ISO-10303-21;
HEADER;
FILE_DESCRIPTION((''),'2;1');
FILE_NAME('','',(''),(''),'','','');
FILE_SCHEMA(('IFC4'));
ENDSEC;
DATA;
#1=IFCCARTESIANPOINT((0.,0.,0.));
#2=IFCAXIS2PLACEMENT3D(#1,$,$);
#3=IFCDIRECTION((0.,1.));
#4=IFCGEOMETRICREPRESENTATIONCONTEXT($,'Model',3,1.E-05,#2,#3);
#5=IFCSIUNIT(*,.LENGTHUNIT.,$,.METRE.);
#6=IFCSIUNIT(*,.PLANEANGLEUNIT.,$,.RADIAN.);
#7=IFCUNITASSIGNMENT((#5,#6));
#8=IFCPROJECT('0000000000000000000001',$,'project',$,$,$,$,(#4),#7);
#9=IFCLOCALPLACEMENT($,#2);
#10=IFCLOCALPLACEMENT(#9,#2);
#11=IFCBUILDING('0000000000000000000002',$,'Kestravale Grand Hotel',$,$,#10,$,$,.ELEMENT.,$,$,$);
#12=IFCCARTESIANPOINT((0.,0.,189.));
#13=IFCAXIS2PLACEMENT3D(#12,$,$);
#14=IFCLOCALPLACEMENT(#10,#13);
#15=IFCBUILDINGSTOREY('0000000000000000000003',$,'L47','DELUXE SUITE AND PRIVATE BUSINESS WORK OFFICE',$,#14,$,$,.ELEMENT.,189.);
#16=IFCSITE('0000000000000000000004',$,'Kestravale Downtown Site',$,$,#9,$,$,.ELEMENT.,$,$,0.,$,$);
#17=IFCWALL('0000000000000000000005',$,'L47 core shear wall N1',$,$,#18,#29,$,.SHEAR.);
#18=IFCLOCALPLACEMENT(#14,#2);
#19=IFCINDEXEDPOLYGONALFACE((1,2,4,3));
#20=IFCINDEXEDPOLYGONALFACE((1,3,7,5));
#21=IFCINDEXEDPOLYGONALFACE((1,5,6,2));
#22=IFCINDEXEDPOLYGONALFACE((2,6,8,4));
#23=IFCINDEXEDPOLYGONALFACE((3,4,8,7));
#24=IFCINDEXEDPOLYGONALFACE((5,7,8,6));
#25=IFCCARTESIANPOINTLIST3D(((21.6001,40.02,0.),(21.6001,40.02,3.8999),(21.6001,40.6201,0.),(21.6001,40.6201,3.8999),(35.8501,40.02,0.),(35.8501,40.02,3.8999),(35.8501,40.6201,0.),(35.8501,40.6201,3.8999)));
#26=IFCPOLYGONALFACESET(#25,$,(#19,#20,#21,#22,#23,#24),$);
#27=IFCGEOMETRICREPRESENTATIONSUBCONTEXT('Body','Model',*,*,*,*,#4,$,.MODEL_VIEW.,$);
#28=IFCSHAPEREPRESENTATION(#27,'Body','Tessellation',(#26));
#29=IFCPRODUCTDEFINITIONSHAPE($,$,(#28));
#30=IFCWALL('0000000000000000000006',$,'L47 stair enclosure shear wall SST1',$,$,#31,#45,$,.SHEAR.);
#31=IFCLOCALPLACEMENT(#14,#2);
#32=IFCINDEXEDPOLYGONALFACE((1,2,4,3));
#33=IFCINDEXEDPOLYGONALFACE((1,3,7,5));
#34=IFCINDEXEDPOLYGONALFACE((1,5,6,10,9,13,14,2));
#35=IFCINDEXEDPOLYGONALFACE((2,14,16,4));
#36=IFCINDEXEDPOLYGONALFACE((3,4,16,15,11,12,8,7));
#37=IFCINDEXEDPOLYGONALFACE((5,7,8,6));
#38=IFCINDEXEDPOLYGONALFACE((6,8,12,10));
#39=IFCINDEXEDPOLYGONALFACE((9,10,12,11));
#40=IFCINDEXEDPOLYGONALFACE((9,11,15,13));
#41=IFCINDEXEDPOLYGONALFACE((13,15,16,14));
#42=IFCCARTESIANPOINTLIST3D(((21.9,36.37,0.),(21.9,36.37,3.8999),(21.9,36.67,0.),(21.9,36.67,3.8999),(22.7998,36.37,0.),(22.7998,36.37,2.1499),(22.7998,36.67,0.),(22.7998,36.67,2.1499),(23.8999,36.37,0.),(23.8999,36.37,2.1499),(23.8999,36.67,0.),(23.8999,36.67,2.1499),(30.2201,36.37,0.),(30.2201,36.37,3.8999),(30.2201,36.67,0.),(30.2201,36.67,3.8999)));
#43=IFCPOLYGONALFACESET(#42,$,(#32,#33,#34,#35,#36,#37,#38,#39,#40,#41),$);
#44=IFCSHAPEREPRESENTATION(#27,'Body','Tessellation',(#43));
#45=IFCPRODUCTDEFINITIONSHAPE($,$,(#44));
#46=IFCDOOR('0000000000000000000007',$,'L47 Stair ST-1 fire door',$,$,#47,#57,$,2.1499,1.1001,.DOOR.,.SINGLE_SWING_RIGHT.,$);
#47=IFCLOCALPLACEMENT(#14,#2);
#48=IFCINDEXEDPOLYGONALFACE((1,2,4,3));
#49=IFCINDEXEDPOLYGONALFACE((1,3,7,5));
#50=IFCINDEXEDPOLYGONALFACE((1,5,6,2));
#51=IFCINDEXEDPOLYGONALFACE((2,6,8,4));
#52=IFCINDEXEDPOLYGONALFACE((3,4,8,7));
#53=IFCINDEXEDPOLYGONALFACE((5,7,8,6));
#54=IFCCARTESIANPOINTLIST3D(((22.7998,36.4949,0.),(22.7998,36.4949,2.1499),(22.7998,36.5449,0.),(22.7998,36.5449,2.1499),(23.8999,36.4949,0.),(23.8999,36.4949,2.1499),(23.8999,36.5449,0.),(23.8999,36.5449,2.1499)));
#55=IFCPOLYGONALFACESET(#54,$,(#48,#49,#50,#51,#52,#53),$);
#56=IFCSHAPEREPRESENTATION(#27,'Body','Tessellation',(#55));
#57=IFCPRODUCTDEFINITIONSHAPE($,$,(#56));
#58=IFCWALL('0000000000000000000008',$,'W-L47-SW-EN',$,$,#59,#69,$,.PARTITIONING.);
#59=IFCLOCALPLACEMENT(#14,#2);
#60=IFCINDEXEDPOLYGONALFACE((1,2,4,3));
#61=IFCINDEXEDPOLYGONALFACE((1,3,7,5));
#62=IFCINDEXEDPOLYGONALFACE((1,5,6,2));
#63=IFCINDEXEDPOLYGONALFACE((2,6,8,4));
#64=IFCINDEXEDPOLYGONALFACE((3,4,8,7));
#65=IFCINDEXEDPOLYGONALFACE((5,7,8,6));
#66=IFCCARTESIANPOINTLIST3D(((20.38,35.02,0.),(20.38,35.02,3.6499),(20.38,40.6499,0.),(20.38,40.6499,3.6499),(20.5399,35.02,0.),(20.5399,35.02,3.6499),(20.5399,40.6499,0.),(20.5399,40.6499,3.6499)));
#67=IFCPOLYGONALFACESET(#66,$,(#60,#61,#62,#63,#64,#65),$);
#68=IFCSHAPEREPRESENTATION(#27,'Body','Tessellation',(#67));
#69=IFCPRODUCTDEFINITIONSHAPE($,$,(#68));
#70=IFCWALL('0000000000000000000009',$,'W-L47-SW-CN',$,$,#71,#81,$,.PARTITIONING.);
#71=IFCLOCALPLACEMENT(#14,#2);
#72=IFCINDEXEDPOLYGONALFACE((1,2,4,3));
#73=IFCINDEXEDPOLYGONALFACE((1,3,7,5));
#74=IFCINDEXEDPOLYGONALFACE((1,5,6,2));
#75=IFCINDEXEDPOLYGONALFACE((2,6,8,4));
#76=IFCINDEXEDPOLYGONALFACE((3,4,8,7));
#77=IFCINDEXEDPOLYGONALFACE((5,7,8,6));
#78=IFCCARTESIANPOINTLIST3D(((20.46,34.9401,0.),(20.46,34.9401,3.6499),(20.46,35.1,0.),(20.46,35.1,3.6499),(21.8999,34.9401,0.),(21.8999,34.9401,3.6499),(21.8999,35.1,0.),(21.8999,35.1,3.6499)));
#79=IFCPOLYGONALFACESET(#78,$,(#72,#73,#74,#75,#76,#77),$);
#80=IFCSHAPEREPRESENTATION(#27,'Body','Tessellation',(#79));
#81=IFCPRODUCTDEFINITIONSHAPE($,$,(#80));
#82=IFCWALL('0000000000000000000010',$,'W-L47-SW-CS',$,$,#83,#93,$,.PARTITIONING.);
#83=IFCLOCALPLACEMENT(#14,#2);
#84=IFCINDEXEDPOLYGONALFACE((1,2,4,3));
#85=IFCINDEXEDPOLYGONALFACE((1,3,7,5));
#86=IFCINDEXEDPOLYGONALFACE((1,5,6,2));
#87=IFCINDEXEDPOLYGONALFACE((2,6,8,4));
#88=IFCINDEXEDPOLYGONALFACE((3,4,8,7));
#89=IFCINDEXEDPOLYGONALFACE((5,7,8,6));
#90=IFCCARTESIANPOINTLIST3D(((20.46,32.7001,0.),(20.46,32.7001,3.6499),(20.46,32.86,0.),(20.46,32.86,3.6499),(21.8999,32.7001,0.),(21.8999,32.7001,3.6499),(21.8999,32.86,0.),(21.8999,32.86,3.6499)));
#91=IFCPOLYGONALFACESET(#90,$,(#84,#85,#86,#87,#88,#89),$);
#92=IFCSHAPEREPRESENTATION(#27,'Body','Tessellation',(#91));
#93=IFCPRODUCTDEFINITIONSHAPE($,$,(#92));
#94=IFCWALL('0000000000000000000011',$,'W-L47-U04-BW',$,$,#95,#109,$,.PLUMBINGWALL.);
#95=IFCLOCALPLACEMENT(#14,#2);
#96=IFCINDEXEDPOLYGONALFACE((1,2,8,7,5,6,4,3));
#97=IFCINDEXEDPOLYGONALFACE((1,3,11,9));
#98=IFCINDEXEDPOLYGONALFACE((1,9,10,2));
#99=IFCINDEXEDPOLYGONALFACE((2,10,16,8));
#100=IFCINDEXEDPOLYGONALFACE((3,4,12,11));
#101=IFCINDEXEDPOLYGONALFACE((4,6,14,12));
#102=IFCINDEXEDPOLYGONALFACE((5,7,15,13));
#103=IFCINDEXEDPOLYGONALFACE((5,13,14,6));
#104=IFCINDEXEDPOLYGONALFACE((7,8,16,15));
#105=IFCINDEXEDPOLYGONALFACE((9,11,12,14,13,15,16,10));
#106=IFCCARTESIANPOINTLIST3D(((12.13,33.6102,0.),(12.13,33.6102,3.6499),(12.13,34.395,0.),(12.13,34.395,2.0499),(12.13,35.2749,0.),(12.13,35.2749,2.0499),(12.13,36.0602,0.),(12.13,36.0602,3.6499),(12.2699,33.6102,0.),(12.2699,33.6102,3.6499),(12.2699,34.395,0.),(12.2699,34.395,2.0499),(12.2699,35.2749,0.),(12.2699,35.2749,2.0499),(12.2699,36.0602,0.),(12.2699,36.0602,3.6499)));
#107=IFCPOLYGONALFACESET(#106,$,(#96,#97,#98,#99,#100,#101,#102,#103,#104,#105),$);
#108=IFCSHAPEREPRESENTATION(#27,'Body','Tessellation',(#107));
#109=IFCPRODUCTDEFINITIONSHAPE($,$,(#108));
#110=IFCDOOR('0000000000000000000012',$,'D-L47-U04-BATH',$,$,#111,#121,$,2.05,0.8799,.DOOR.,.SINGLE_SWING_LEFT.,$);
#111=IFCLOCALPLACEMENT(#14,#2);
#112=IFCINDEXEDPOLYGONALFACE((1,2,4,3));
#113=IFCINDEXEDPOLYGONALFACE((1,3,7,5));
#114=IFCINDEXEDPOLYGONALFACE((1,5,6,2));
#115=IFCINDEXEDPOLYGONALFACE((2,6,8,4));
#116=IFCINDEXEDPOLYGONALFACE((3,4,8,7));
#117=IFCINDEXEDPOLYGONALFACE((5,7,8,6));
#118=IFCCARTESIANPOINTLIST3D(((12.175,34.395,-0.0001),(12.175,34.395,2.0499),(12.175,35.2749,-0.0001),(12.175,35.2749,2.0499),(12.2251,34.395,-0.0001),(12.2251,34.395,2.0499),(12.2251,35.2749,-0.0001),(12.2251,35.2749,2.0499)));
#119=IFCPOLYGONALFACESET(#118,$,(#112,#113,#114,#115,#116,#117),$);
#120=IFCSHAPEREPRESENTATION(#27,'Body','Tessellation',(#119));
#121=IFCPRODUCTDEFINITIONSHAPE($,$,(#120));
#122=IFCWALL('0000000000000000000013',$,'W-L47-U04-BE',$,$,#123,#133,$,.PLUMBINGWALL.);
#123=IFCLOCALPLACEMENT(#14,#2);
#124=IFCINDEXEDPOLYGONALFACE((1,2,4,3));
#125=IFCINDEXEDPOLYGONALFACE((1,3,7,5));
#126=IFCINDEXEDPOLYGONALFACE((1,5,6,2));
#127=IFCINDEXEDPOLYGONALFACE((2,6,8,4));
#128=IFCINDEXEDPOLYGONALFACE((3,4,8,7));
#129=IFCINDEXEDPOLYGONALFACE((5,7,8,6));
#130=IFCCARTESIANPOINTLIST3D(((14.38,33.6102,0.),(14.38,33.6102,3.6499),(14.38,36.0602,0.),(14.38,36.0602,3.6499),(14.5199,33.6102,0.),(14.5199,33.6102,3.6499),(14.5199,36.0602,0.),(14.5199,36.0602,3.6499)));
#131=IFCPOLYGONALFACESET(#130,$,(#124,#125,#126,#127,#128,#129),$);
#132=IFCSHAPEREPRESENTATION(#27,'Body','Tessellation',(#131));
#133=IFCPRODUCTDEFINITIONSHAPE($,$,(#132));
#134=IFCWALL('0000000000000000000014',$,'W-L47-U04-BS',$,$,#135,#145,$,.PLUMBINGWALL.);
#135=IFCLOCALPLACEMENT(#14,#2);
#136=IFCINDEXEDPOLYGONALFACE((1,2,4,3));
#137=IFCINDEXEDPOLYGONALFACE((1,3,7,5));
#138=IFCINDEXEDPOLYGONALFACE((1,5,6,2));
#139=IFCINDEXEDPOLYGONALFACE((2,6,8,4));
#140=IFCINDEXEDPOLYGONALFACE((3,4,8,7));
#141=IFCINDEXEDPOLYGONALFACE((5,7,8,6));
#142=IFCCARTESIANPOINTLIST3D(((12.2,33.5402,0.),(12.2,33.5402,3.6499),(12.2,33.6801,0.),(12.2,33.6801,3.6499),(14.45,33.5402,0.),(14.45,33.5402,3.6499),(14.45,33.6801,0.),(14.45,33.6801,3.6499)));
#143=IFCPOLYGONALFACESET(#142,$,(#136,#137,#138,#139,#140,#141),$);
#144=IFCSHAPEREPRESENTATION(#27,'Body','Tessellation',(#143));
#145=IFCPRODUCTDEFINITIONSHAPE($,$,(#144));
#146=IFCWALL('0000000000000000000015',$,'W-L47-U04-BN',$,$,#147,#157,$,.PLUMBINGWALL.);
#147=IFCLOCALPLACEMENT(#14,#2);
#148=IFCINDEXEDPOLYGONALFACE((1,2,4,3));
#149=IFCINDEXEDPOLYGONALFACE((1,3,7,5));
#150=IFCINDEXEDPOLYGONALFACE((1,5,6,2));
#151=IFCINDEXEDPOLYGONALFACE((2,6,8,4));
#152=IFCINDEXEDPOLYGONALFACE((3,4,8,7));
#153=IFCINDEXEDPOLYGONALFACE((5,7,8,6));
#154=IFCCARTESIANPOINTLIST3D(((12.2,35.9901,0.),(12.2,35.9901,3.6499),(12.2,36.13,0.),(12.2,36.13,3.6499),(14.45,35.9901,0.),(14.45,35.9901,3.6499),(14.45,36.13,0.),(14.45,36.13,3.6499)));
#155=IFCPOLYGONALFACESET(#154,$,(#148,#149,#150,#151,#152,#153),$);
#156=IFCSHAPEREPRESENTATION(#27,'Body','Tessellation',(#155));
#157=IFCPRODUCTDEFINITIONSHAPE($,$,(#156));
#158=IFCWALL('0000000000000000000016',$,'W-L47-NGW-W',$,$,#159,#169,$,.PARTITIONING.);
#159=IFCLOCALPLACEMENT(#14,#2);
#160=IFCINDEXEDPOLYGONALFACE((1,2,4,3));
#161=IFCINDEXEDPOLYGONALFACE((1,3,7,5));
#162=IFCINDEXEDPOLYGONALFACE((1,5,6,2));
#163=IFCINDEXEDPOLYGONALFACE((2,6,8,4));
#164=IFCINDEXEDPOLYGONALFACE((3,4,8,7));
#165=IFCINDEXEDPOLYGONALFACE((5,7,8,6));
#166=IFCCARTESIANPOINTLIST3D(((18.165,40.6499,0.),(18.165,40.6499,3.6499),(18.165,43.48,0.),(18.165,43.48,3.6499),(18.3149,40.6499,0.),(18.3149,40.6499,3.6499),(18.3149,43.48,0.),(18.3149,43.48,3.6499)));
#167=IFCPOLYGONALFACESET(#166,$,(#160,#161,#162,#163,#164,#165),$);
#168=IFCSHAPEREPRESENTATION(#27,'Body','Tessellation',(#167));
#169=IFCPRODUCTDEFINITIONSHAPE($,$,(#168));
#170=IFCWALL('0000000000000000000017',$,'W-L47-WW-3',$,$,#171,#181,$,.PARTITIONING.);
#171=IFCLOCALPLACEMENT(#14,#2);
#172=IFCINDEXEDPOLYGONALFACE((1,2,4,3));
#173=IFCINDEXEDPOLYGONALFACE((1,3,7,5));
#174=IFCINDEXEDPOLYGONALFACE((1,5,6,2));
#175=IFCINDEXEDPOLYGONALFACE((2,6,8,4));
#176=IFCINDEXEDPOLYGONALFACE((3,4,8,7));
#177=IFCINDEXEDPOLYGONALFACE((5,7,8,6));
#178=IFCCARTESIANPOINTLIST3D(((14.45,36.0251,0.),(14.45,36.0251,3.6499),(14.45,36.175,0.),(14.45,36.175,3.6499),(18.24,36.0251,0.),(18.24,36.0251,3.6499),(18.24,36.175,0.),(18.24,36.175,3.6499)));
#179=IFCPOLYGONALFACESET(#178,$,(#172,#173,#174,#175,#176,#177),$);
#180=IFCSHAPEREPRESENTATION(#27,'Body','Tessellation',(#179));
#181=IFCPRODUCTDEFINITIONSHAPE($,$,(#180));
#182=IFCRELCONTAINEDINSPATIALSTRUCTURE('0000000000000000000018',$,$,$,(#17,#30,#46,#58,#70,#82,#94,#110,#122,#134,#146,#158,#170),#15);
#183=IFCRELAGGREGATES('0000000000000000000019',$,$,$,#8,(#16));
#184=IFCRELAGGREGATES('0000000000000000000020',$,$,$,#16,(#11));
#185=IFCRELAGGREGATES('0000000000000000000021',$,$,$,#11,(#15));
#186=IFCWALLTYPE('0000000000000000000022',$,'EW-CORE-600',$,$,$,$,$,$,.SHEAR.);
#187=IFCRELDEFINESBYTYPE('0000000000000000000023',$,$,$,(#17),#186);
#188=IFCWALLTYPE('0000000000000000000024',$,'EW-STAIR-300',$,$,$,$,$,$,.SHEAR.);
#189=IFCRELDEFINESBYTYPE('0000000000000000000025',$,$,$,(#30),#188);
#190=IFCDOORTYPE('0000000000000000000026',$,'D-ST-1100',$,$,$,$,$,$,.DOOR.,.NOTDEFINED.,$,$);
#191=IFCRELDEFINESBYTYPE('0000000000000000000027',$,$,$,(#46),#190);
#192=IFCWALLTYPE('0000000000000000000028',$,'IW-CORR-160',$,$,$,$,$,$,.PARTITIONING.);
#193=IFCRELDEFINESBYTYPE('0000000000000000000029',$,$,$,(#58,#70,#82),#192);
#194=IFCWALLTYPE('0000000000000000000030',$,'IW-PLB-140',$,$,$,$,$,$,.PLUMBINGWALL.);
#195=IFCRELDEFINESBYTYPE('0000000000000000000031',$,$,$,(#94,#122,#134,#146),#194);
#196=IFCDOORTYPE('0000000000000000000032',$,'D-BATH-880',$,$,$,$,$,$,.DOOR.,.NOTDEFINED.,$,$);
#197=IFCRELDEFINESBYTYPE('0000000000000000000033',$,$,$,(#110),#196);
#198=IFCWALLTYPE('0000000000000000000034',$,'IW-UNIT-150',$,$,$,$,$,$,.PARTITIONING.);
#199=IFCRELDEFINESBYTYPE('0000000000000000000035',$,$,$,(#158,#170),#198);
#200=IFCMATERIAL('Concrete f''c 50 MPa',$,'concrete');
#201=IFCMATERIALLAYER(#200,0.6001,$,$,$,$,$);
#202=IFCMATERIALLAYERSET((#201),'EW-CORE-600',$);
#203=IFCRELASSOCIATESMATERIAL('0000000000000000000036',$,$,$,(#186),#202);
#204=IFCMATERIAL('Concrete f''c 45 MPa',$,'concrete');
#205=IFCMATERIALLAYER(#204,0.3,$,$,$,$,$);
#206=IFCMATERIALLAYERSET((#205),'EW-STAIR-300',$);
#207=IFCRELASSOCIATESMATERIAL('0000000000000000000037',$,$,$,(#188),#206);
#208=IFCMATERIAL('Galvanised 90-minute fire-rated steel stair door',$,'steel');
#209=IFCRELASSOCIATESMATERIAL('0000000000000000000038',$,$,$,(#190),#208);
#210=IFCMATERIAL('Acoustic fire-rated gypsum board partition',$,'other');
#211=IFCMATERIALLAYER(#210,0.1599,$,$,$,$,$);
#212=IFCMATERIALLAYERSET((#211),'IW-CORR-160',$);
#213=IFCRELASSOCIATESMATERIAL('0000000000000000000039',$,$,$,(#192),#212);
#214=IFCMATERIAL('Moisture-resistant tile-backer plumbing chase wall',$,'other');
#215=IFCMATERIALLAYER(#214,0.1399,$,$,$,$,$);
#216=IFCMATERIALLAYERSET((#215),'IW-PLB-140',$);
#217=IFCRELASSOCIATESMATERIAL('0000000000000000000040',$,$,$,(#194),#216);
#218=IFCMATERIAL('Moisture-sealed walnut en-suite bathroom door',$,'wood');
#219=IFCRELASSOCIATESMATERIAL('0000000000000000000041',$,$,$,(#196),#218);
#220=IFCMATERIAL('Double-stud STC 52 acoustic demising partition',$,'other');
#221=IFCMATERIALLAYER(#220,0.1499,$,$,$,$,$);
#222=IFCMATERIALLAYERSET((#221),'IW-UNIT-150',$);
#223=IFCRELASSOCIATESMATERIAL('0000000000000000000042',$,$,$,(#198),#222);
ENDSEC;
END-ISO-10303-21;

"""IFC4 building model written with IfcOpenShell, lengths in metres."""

from ifc_helpers import new_model, si_unit, direction, frame, frame_2d, origin, place, context, subcontext, project, spatial, rectangle, extrude, material, layer, layer_set, type_object, element, fill, save


model = new_model("IFC4")

# Units and contexts
model_context = context("Model", 3, precision=1e-05, world=origin(), true_north=direction((0.0, 1.0)))
body_context = subcontext(model_context, "Body", "Model", "MODEL_VIEW")
ifc_project = project(units=[si_unit("LENGTHUNIT", "METRE"), si_unit("PLANEANGLEUNIT", "RADIAN")], contexts=[model_context])

# Site, building, storey
site_placement = place(None, origin())
site = spatial("IfcSite", under=ifc_project, at=site_placement, Name="Kestravale Downtown Site", CompositionType="ELEMENT", RefElevation=0.0)
building_placement = place(site_placement, origin())
building = spatial("IfcBuilding", under=site, at=building_placement, Name="Kestravale Grand Hotel", CompositionType="ELEMENT")
storey_placement = place(building_placement, frame((0.0, 0.0, 189.0)))
storey = spatial("IfcBuildingStorey", under=building, at=storey_placement, Name="L47", Description="DELUXE SUITE AND PRIVATE BUSINESS WORK OFFICE", CompositionType="ELEMENT", Elevation=189.0)

# Wall
ifc_material_1 = material(Name="Concrete f'c 50 MPa", Category="concrete")
ifc_layer_1 = layer(ifc_material_1, 0.6001)
ifc_layer_set_1 = layer_set([ifc_layer_1], Name="EW-CORE-600")
wall_type_1 = type_object("IfcWallType", Name="EW-CORE-600", PredefinedType="SHEAR", material=ifc_layer_set_1)
wall_1_placement = place(storey_placement, frame((21.6001, 40.3201, 0.0), z_axis=(0.0, 0.0, 1.0), x_axis=(1.0, 0.0, 0.0)))
element("IfcWall", 1, at=wall_1_placement, inside=storey, type_object=wall_type_1, Name="L47 core shear wall N1", PredefinedType="SHEAR", context=body_context, shape_type="SweptSolid", body=[
    extrude(rectangle(XDim=14.25, YDim=0.6001, at=frame_2d((7.125, 0.0))), origin(), (0.0, 0.0, 1.0), 3.8999),
])

# Wall, opening, door
ifc_material_2 = material(Name="Concrete f'c 45 MPa", Category="concrete")
ifc_layer_2 = layer(ifc_material_2, 0.3)
ifc_layer_set_2 = layer_set([ifc_layer_2], Name="EW-STAIR-300")
wall_type_2 = type_object("IfcWallType", Name="EW-STAIR-300", PredefinedType="SHEAR", material=ifc_layer_set_2)
wall_2_placement = place(storey_placement, frame((21.8999, 36.52, 0.0), z_axis=(0.0, 0.0, 1.0), x_axis=(1.0, 0.0, 0.0)))
wall_2 = element("IfcWall", 2, at=wall_2_placement, inside=storey, type_object=wall_type_2, Name="L47 stair enclosure shear wall SST1", PredefinedType="SHEAR", context=body_context, shape_type="SweptSolid", body=[
    extrude(rectangle(XDim=8.3201, YDim=0.3, at=frame_2d((4.1602, 0.0))), origin(), (0.0, 0.0, 1.0), 3.8999),
])
opening_1_placement = place(wall_2_placement, frame((0.8999, 0.0, 0.0)))
opening_1 = element("IfcOpeningElement", 3, at=opening_1_placement, cuts=wall_2, PredefinedType="OPENING", context=body_context, shape_type="SweptSolid", body=[
    extrude(rectangle(XDim=1.1001, YDim=2.1499, at=frame_2d((0.55, 1.075))), frame((0.0, 0.1599, 0.0), z_axis=(0.0, -1.0, 0.0), x_axis=(1.0, 0.0, 0.0)), (0.0, 0.0, 1.0), 0.3201),
])
ifc_material_3 = material(Name="Galvanised 90-minute fire-rated steel stair door", Category="steel")
door_type_1 = type_object("IfcDoorType", Name="D-ST-1100", OperationType="NOTDEFINED", PredefinedType="DOOR", material=ifc_material_3)
door_1_placement = place(opening_1_placement, origin())
door_1 = element("IfcDoor", 4, at=door_1_placement, inside=storey, type_object=door_type_1, Name="L47 Stair ST-1 fire door", OperationType="SINGLE_SWING_RIGHT", OverallHeight=2.1499, OverallWidth=1.1001, PredefinedType="DOOR", context=body_context, shape_type="SweptSolid", body=[
    extrude(rectangle(XDim=1.1001, YDim=2.1499, at=frame_2d((0.55, 1.075))), frame((0.0, 0.0249, 0.0), z_axis=(0.0, -1.0, 0.0), x_axis=(1.0, 0.0, 0.0)), (0.0, 0.0, 1.0), 0.05),
])
fill(opening_1, door_1)

# Walls
ifc_material_4 = material(Name="Acoustic fire-rated gypsum board partition", Category="other")
ifc_layer_3 = layer(ifc_material_4, 0.1599)
ifc_layer_set_3 = layer_set([ifc_layer_3], Name="IW-CORR-160")
wall_type_3 = type_object("IfcWallType", Name="IW-CORR-160", PredefinedType="PARTITIONING", material=ifc_layer_set_3)
wall_3_placement = place(storey_placement, frame((20.46, 35.02, 0.0), z_axis=(0.0, 0.0, 1.0), x_axis=(0.0, 1.0, 0.0)))
element("IfcWall", 5, at=wall_3_placement, inside=storey, type_object=wall_type_3, Name="W-L47-SW-EN", PredefinedType="PARTITIONING", context=body_context, shape_type="SweptSolid", body=[
    extrude(rectangle(XDim=5.6299, YDim=0.1599, at=frame_2d((2.8149, 0.0))), origin(), (0.0, 0.0, 1.0), 3.6499),
])
for number, where, z_axis, x_axis, name in (
    (6, (20.46, 35.02, 0.0), (0.0, 0.0, 1.0), (1.0, 0.0, 0.0), "W-L47-SW-CN"),
    (7, (20.46, 32.78, 0.0), (0.0, 0.0, 1.0), (1.0, 0.0, 0.0), "W-L47-SW-CS"),
):
    element("IfcWall", number, at=place(storey_placement, frame(where, z_axis=z_axis, x_axis=x_axis)), inside=storey, type_object=wall_type_3, Name=name, PredefinedType="PARTITIONING", context=body_context, shape_type="SweptSolid", body=[
        extrude(rectangle(XDim=1.4399, YDim=0.1599, at=frame_2d((0.72, 0.0))), origin(), (0.0, 0.0, 1.0), 3.6499),
    ])

# Wall, opening, door
ifc_material_5 = material(Name="Moisture-resistant tile-backer plumbing chase wall", Category="other")
ifc_layer_4 = layer(ifc_material_5, 0.1399)
ifc_layer_set_4 = layer_set([ifc_layer_4], Name="IW-PLB-140")
wall_type_4 = type_object("IfcWallType", Name="IW-PLB-140", PredefinedType="PLUMBINGWALL", material=ifc_layer_set_4)
wall_4_placement = place(storey_placement, frame((12.2, 33.6101, 0.0), z_axis=(0.0, 0.0, 1.0), x_axis=(0.0, 1.0, 0.0)))
wall_4 = element("IfcWall", 8, at=wall_4_placement, inside=storey, type_object=wall_type_4, Name="W-L47-U04-BW", PredefinedType="PLUMBINGWALL", context=body_context, shape_type="SweptSolid", body=[
    extrude(rectangle(XDim=2.45, YDim=0.1399, at=frame_2d((1.2251, 0.0))), origin(), (0.0, 0.0, 1.0), 3.6499),
])
opening_2_placement = place(wall_4_placement, frame((0.7849, 0.0, 0.0)))
opening_2 = element("IfcOpeningElement", 9, at=opening_2_placement, cuts=wall_4, PredefinedType="OPENING", context=body_context, shape_type="SweptSolid", body=[
    extrude(rectangle(XDim=0.8799, YDim=2.05, at=frame_2d((0.4399, 1.0249))), frame((0.0, 0.0798, 0.0), z_axis=(0.0, -1.0, 0.0), x_axis=(1.0, 0.0, 0.0)), (0.0, 0.0, 1.0), 0.1599),
])
ifc_material_6 = material(Name="Moisture-sealed walnut en-suite bathroom door", Category="wood")
door_type_2 = type_object("IfcDoorType", Name="D-BATH-880", OperationType="NOTDEFINED", PredefinedType="DOOR", material=ifc_material_6)
door_2_placement = place(opening_2_placement, origin())
door_2 = element("IfcDoor", 10, at=door_2_placement, inside=storey, type_object=door_type_2, Name="D-L47-U04-BATH", OperationType="SINGLE_SWING_LEFT", OverallHeight=2.05, OverallWidth=0.8799, PredefinedType="DOOR", context=body_context, shape_type="SweptSolid", body=[
    extrude(rectangle(XDim=0.8799, YDim=2.05, at=frame_2d((0.4399, 1.0249))), frame((0.0, 0.0249, 0.0), z_axis=(0.0, -1.0, 0.0), x_axis=(1.0, 0.0, 0.0)), (0.0, 0.0, 1.0), 0.05),
])
fill(opening_2, door_2)

# Walls
wall_5_placement = place(storey_placement, frame((14.45, 33.6101, 0.0), z_axis=(0.0, 0.0, 1.0), x_axis=(0.0, 1.0, 0.0)))
element("IfcWall", 11, at=wall_5_placement, inside=storey, type_object=wall_type_4, Name="W-L47-U04-BE", PredefinedType="PLUMBINGWALL", context=body_context, shape_type="SweptSolid", body=[
    extrude(rectangle(XDim=2.45, YDim=0.1399, at=frame_2d((1.2251, 0.0))), origin(), (0.0, 0.0, 1.0), 3.6499),
])
for number, where, z_axis, x_axis, name in (
    (12, (12.2, 33.6101, 0.0), (0.0, 0.0, 1.0), (1.0, 0.0, 0.0), "W-L47-U04-BS"),
    (13, (12.2, 36.0601, 0.0), (0.0, 0.0, 1.0), (1.0, 0.0, 0.0), "W-L47-U04-BN"),
):
    element("IfcWall", number, at=place(storey_placement, frame(where, z_axis=z_axis, x_axis=x_axis)), inside=storey, type_object=wall_type_4, Name=name, PredefinedType="PLUMBINGWALL", context=body_context, shape_type="SweptSolid", body=[
        extrude(rectangle(XDim=2.25, YDim=0.1399, at=frame_2d((1.125, 0.0))), origin(), (0.0, 0.0, 1.0), 3.6499),
    ])

# Shared definitions
ifc_material_7 = material(Name="Double-stud STC 52 acoustic demising partition", Category="other")
ifc_layer_5 = layer(ifc_material_7, 0.1499)
ifc_layer_set_5 = layer_set([ifc_layer_5], Name="IW-UNIT-150")
wall_type_5 = type_object("IfcWallType", Name="IW-UNIT-150", PredefinedType="PARTITIONING", material=ifc_layer_set_5)

# Walls
wall_6_placement = place(storey_placement, frame((18.24, 40.6499, 0.0), z_axis=(0.0, 0.0, 1.0), x_axis=(0.0, 1.0, 0.0)))
element("IfcWall", 14, at=wall_6_placement, inside=storey, type_object=wall_type_5, Name="W-L47-NGW-W", PredefinedType="PARTITIONING", context=body_context, shape_type="SweptSolid", body=[
    extrude(rectangle(XDim=2.8301, YDim=0.1499, at=frame_2d((1.415, 0.0))), origin(), (0.0, 0.0, 1.0), 3.6499),
])
wall_7_placement = place(storey_placement, frame((14.45, 36.1001, 0.0), z_axis=(0.0, 0.0, 1.0), x_axis=(1.0, 0.0, 0.0)))
element("IfcWall", 15, at=wall_7_placement, inside=storey, type_object=wall_type_5, Name="W-L47-WW-3", PredefinedType="PARTITIONING", context=body_context, shape_type="SweptSolid", body=[
    extrude(rectangle(XDim=3.79, YDim=0.1499, at=frame_2d((1.895, 0.0))), origin(), (0.0, 0.0, 1.0), 3.6499),
])

save(model, "model.ifc")
